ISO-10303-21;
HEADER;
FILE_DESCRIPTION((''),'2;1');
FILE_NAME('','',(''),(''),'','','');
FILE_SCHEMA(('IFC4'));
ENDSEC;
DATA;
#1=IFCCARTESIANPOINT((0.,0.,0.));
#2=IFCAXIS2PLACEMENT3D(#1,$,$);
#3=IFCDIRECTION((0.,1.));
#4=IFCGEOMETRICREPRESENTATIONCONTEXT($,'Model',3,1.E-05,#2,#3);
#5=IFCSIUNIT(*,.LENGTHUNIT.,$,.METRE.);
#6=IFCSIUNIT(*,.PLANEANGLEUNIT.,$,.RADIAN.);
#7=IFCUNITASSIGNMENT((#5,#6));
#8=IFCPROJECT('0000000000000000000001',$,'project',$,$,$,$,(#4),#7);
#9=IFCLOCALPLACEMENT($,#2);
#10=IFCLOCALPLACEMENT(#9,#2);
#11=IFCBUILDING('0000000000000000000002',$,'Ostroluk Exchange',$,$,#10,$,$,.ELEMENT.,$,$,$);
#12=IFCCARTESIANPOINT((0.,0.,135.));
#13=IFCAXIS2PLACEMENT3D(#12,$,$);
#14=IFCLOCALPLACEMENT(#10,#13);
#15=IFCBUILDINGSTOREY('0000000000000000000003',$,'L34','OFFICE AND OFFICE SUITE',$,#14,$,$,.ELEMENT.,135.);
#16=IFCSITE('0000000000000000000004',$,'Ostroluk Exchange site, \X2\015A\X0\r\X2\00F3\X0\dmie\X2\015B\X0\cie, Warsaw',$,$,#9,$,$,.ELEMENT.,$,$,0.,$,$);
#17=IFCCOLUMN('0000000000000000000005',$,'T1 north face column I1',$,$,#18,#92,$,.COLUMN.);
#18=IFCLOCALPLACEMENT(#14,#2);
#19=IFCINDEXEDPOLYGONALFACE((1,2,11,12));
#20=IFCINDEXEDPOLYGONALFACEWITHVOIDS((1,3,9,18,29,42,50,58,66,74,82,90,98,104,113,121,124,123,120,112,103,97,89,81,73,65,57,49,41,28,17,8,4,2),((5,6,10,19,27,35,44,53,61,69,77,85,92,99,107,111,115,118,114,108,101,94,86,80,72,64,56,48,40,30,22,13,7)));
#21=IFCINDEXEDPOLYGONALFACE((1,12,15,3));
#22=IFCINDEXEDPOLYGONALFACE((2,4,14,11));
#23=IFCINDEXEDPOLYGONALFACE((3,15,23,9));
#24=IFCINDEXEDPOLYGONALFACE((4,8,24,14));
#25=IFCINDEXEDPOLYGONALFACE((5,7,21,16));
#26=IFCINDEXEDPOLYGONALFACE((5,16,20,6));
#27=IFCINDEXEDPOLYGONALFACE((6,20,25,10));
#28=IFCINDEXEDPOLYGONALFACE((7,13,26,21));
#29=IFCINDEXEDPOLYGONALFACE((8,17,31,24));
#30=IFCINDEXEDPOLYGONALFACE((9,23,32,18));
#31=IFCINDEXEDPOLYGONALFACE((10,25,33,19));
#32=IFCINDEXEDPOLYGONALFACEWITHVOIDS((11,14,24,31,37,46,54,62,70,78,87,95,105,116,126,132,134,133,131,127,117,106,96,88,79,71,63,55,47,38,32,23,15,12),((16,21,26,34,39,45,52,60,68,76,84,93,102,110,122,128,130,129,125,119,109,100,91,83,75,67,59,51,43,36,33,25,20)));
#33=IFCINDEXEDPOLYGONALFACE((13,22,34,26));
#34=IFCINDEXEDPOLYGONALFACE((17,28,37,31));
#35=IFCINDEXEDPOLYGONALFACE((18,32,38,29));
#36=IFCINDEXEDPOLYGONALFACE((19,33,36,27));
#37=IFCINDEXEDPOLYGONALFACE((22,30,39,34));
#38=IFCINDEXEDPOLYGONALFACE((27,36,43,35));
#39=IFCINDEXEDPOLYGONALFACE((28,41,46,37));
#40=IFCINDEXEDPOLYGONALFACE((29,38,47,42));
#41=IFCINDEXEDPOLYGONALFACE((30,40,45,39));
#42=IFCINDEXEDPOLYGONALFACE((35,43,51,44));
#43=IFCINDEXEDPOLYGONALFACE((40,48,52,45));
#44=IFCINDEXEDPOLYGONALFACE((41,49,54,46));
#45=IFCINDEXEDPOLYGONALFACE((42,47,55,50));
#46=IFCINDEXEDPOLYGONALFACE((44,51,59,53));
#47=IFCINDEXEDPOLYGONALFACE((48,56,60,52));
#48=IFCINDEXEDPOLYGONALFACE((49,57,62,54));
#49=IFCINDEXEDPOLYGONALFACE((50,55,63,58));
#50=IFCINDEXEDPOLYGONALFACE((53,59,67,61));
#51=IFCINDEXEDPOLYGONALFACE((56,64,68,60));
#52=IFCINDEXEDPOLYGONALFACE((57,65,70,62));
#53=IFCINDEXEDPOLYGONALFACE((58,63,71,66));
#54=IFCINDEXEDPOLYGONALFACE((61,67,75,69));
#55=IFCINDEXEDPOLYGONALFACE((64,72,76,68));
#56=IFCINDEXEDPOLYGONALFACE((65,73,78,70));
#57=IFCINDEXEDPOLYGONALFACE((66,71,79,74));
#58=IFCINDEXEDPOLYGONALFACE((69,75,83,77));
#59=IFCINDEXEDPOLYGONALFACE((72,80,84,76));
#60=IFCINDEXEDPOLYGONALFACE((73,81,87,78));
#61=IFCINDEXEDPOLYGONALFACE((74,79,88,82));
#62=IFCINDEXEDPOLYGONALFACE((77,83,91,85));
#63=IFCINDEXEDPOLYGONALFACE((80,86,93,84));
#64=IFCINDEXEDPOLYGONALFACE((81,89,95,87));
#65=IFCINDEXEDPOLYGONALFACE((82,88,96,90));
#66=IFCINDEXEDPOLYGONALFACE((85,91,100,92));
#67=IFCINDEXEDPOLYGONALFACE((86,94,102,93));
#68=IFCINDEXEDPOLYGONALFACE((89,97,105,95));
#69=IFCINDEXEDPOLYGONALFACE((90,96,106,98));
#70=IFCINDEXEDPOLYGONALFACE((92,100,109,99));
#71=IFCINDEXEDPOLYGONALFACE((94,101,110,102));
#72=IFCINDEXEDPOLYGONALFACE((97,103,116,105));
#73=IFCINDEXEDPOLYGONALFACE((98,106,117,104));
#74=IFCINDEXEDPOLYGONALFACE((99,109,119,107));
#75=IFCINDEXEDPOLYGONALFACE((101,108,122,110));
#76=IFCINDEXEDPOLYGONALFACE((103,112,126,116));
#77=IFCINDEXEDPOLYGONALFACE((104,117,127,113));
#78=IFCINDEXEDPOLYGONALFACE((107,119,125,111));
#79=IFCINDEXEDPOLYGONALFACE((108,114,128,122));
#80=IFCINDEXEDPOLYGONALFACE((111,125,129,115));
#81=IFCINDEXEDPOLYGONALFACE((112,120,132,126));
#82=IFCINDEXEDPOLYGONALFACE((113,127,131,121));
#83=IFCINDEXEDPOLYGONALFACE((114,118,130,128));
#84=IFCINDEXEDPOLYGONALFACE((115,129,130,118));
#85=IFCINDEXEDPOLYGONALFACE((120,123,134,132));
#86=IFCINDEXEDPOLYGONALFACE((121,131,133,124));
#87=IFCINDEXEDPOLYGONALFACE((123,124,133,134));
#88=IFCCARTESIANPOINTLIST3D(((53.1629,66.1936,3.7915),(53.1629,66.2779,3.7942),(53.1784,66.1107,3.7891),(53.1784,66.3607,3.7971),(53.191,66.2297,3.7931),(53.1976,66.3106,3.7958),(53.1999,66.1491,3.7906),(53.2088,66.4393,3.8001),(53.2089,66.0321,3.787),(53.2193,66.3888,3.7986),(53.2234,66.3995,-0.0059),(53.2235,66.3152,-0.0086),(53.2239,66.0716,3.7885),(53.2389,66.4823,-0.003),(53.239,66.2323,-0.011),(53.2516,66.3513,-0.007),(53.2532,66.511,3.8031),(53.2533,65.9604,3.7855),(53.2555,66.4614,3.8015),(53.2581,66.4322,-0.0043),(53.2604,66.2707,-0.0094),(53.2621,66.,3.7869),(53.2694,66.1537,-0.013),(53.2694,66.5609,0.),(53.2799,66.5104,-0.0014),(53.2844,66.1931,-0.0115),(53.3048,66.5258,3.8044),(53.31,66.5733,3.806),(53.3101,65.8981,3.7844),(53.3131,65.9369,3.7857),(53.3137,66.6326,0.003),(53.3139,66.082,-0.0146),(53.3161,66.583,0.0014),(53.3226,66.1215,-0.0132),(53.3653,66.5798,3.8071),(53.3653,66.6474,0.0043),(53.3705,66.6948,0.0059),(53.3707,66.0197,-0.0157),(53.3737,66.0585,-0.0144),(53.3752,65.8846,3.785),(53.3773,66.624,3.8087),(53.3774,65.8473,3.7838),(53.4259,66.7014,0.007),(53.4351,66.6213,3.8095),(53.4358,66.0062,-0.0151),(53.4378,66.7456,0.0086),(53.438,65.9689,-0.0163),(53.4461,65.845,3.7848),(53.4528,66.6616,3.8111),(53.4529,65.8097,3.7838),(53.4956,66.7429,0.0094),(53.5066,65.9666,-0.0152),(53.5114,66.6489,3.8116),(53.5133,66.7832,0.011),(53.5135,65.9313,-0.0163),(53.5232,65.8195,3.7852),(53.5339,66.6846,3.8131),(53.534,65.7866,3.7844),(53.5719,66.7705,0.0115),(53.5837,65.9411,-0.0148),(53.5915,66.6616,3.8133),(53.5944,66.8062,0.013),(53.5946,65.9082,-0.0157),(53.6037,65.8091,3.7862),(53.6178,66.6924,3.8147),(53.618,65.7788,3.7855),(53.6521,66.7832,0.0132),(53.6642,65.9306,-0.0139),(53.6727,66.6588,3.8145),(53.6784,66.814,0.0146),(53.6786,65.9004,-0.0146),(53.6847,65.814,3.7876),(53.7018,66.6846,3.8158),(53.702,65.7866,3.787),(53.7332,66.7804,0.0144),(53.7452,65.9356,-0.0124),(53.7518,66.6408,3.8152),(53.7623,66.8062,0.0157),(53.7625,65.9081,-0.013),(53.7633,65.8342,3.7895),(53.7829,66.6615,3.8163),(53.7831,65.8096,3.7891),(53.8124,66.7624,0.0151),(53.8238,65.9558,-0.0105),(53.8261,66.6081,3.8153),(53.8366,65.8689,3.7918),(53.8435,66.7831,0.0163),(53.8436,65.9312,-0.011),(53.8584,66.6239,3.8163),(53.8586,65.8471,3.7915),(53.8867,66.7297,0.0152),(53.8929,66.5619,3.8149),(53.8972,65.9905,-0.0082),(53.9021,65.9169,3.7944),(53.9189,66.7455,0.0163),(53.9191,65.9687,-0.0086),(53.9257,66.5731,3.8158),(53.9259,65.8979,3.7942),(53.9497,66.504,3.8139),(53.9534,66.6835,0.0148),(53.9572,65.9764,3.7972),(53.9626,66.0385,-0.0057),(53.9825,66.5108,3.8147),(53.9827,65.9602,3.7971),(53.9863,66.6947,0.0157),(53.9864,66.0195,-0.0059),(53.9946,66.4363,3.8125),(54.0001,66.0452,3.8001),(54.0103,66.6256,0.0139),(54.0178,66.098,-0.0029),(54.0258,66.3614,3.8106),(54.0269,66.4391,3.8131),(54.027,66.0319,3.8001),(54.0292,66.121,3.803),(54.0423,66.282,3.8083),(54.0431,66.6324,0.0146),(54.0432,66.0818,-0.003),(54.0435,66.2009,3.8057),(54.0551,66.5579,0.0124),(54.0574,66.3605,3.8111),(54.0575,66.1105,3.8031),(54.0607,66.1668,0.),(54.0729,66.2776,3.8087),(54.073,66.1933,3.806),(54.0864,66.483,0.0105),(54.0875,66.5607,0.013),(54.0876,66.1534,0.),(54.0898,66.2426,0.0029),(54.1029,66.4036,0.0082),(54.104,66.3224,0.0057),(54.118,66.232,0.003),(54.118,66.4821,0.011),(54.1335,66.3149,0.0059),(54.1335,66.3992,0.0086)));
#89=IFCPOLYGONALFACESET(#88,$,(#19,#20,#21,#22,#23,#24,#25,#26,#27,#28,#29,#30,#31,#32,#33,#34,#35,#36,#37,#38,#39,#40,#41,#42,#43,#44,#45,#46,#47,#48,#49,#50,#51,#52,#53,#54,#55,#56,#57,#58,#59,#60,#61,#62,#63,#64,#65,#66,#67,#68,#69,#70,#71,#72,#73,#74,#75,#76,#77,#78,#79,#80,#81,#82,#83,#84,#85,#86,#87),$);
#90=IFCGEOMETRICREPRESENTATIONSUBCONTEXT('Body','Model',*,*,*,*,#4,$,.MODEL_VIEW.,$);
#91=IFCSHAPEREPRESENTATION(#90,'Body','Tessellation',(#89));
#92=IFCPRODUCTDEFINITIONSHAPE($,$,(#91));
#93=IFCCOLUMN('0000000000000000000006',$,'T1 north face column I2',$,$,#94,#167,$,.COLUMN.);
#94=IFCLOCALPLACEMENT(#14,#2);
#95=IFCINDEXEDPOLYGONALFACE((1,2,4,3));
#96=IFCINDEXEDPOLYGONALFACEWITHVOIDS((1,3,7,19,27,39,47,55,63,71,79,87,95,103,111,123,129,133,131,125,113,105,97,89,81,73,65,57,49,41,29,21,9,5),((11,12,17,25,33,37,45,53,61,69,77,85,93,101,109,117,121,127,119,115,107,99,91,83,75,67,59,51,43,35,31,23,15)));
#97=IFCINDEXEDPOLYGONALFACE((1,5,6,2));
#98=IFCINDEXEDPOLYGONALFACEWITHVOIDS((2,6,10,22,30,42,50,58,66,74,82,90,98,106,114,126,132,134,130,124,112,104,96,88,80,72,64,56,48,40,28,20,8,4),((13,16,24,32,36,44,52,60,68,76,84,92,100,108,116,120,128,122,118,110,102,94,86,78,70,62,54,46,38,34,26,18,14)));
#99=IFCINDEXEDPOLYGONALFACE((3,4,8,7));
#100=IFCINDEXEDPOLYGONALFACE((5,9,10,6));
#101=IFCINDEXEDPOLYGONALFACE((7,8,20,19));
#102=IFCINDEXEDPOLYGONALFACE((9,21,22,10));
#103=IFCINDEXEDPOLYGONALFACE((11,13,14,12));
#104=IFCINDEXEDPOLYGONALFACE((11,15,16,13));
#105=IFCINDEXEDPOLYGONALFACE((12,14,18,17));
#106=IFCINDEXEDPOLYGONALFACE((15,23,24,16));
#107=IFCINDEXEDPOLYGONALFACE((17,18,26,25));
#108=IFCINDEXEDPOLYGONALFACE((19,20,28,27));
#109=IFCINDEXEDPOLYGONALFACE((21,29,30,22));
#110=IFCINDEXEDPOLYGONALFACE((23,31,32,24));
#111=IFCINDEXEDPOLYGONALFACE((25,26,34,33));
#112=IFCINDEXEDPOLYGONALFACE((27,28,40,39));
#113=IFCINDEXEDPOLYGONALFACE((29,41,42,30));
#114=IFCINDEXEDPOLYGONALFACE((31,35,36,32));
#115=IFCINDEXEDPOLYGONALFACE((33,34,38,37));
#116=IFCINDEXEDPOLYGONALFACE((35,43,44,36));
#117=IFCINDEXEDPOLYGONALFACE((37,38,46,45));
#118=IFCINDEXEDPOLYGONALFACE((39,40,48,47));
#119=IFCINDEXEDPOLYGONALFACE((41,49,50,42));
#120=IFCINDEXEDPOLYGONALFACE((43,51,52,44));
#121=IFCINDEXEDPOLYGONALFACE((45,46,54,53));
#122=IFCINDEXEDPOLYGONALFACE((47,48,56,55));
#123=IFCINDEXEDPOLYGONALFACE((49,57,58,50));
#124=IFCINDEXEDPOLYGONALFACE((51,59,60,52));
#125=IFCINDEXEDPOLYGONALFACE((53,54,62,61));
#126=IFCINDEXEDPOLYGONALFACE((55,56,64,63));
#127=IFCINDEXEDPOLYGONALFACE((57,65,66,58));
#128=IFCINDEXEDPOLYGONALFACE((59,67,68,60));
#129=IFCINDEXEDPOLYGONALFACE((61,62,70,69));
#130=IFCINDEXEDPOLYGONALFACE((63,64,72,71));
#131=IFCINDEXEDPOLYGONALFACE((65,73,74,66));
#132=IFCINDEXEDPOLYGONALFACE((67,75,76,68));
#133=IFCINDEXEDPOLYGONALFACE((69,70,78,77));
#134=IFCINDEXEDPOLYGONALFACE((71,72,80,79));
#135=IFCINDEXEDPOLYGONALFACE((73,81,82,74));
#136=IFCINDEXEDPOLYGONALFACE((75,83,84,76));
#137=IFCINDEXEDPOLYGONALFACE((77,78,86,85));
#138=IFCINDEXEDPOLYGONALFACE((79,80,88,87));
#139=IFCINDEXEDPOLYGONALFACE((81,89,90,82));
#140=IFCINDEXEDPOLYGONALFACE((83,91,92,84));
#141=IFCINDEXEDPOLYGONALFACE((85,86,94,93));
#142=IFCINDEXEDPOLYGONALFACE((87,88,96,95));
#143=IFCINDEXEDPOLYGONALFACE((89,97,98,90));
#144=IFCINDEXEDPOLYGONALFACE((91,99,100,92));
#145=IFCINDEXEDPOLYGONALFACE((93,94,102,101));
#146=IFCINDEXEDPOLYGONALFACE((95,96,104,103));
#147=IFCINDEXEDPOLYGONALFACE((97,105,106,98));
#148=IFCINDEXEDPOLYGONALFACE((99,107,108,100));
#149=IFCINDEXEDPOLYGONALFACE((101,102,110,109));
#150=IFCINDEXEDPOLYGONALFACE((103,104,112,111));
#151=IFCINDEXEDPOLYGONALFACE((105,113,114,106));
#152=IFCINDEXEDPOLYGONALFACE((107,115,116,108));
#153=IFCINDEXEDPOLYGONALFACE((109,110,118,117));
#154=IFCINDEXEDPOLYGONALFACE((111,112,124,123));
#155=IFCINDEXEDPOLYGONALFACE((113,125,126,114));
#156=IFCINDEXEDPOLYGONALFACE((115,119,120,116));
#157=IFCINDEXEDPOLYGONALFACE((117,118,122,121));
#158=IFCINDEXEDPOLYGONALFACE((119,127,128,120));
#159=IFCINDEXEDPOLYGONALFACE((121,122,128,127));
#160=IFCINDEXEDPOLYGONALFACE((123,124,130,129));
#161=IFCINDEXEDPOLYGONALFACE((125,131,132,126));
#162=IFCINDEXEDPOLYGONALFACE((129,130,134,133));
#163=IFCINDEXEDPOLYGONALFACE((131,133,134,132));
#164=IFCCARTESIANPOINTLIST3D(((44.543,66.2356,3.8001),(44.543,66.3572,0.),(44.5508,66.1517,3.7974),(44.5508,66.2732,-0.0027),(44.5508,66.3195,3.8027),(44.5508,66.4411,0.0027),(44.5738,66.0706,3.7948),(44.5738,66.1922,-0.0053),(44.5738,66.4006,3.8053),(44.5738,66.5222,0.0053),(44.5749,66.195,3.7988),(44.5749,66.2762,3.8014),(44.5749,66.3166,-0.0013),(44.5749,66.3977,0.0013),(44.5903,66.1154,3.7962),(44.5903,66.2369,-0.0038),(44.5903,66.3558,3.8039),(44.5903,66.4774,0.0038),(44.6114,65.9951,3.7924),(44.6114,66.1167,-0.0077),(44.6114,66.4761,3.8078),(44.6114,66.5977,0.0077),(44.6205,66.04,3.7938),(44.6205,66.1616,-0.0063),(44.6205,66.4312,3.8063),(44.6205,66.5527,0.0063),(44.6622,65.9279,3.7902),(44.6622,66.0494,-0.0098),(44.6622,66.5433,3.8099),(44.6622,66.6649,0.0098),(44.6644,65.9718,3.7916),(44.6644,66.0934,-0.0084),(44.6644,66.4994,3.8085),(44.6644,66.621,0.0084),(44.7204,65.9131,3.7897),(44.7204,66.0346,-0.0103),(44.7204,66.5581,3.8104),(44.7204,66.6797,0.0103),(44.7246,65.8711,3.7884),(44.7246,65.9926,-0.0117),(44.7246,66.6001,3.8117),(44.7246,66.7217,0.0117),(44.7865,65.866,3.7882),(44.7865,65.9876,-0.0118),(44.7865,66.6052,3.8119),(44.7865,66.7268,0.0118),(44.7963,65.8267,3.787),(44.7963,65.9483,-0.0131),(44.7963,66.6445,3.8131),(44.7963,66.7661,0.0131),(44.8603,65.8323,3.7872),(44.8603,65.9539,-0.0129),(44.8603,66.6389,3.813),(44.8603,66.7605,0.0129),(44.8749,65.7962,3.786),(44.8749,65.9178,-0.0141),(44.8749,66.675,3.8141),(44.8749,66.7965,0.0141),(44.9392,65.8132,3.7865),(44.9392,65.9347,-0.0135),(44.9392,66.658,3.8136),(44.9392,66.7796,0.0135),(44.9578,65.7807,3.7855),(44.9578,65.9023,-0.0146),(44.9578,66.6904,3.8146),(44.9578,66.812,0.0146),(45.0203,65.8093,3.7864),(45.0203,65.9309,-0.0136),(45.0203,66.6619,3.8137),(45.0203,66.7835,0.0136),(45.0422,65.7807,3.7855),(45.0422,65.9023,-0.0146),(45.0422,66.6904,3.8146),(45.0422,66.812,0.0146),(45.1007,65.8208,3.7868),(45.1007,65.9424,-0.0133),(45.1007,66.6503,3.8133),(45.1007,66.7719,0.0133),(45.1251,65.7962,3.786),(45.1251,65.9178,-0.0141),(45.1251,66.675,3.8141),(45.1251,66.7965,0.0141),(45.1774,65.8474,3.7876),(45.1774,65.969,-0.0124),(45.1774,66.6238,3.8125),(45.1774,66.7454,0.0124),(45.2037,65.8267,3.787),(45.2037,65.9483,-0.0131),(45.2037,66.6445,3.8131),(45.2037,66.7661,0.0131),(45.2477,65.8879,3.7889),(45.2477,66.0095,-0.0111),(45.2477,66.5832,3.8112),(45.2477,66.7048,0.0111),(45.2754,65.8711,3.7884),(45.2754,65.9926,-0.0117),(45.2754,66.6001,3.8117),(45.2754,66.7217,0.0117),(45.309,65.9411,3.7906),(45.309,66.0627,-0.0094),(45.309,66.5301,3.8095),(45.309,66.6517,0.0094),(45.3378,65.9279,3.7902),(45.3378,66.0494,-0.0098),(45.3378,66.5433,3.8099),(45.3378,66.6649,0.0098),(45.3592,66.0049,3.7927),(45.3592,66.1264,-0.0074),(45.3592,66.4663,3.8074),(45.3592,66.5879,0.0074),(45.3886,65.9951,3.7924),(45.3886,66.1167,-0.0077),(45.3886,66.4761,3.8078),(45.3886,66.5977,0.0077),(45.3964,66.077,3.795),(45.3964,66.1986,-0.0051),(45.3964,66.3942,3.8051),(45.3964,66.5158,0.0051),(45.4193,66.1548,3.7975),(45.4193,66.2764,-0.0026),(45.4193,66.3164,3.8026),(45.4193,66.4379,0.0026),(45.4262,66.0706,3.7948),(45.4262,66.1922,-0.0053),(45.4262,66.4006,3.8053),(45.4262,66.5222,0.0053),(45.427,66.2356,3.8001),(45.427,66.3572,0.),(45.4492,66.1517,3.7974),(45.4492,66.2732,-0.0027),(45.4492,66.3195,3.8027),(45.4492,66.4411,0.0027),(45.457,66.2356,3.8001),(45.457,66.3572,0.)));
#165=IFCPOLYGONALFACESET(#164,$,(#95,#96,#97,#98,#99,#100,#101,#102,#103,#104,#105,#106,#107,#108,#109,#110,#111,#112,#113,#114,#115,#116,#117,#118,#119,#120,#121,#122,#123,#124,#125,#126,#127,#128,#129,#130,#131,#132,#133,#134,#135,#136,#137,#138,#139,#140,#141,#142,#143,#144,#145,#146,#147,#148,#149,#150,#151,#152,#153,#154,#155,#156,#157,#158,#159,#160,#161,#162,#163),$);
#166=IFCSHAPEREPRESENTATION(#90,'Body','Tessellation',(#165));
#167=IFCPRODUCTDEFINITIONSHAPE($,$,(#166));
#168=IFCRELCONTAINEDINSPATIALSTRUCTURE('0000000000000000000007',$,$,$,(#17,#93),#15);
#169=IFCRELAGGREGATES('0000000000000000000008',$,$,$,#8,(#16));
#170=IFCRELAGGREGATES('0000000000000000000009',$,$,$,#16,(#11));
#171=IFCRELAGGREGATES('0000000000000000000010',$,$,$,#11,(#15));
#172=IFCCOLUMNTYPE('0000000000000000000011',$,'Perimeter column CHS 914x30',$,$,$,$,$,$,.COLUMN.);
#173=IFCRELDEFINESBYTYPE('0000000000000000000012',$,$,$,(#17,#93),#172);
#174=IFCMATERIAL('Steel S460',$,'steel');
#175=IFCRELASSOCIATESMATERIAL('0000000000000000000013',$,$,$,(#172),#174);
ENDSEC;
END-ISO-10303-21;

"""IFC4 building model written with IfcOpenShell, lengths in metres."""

from ifc_helpers import new_model, si_unit, direction, frame, origin, origin_2d, place, context, subcontext, project, spatial, hollow_circle, extrude, material, material_profile, profile_set, type_object, element, save


model = new_model("IFC4")

# Units and contexts
model_context = context("Model", 3, precision=1e-05, world=origin(), true_north=direction((0.0, 1.0)))
body_context = subcontext(model_context, "Body", "Model", "MODEL_VIEW")
ifc_project = project(units=[si_unit("LENGTHUNIT", "METRE"), si_unit("PLANEANGLEUNIT", "RADIAN")], contexts=[model_context])

# Site, building, storey
site_placement = place(None, origin())
site = spatial("IfcSite", under=ifc_project, at=site_placement, Name="Ostroluk Exchange site, Śródmieście, Warsaw", CompositionType="ELEMENT", RefElevation=0.0)
building_placement = place(site_placement, origin())
building = spatial("IfcBuilding", under=site, at=building_placement, Name="Ostroluk Exchange", CompositionType="ELEMENT")
storey_placement = place(building_placement, frame((0.0, 0.0, 135.0)))
storey = spatial("IfcBuildingStorey", under=building, at=storey_placement, Name="L34", Description="OFFICE AND OFFICE SUITE", CompositionType="ELEMENT", Elevation=135.0)

# Columns
ifc_material_1 = material(Name="Steel S460", Category="steel")
ifc_material_profile_1 = material_profile(ifc_material_1, hollow_circle(Radius=0.457, WallThickness=0.03, at=origin_2d()), Name="CHS 914x30")
ifc_profile_set_1 = profile_set([ifc_material_profile_1], Name="Steel S460")
column_type = type_object("IfcColumnType", Name="Perimeter column CHS 914x30", PredefinedType="COLUMN", material=ifc_profile_set_1)
column_1_placement = place(storey_placement, frame((53.6785, 66.3572, 0.0), z_axis=(-0.015923, -0.031974, 0.999362), x_axis=(0.895145, -0.445775, 0.0)))
element("IfcColumn", 1, at=column_1_placement, inside=storey, type_object=column_type, Name="T1 north face column I1", PredefinedType="COLUMN", context=body_context, shape_type="SweptSolid", body=[
    extrude(hollow_circle(Radius=0.457, WallThickness=0.03, at=origin_2d()), origin(), (0.0, 0.0, 1.0), 3.8025),
])
column_2_placement = place(storey_placement, frame((45.0, 66.3572, 0.0), z_axis=(0.0, -0.031978, 0.999489), x_axis=(1.0, 0.0, 0.0)))
element("IfcColumn", 2, at=column_2_placement, inside=storey, type_object=column_type, Name="T1 north face column I2", PredefinedType="COLUMN", context=body_context, shape_type="SweptSolid", body=[
    extrude(hollow_circle(Radius=0.457, WallThickness=0.03, at=origin_2d()), origin(), (0.0, 0.0, 1.0), 3.802),
])

save(model, "model.ifc")
